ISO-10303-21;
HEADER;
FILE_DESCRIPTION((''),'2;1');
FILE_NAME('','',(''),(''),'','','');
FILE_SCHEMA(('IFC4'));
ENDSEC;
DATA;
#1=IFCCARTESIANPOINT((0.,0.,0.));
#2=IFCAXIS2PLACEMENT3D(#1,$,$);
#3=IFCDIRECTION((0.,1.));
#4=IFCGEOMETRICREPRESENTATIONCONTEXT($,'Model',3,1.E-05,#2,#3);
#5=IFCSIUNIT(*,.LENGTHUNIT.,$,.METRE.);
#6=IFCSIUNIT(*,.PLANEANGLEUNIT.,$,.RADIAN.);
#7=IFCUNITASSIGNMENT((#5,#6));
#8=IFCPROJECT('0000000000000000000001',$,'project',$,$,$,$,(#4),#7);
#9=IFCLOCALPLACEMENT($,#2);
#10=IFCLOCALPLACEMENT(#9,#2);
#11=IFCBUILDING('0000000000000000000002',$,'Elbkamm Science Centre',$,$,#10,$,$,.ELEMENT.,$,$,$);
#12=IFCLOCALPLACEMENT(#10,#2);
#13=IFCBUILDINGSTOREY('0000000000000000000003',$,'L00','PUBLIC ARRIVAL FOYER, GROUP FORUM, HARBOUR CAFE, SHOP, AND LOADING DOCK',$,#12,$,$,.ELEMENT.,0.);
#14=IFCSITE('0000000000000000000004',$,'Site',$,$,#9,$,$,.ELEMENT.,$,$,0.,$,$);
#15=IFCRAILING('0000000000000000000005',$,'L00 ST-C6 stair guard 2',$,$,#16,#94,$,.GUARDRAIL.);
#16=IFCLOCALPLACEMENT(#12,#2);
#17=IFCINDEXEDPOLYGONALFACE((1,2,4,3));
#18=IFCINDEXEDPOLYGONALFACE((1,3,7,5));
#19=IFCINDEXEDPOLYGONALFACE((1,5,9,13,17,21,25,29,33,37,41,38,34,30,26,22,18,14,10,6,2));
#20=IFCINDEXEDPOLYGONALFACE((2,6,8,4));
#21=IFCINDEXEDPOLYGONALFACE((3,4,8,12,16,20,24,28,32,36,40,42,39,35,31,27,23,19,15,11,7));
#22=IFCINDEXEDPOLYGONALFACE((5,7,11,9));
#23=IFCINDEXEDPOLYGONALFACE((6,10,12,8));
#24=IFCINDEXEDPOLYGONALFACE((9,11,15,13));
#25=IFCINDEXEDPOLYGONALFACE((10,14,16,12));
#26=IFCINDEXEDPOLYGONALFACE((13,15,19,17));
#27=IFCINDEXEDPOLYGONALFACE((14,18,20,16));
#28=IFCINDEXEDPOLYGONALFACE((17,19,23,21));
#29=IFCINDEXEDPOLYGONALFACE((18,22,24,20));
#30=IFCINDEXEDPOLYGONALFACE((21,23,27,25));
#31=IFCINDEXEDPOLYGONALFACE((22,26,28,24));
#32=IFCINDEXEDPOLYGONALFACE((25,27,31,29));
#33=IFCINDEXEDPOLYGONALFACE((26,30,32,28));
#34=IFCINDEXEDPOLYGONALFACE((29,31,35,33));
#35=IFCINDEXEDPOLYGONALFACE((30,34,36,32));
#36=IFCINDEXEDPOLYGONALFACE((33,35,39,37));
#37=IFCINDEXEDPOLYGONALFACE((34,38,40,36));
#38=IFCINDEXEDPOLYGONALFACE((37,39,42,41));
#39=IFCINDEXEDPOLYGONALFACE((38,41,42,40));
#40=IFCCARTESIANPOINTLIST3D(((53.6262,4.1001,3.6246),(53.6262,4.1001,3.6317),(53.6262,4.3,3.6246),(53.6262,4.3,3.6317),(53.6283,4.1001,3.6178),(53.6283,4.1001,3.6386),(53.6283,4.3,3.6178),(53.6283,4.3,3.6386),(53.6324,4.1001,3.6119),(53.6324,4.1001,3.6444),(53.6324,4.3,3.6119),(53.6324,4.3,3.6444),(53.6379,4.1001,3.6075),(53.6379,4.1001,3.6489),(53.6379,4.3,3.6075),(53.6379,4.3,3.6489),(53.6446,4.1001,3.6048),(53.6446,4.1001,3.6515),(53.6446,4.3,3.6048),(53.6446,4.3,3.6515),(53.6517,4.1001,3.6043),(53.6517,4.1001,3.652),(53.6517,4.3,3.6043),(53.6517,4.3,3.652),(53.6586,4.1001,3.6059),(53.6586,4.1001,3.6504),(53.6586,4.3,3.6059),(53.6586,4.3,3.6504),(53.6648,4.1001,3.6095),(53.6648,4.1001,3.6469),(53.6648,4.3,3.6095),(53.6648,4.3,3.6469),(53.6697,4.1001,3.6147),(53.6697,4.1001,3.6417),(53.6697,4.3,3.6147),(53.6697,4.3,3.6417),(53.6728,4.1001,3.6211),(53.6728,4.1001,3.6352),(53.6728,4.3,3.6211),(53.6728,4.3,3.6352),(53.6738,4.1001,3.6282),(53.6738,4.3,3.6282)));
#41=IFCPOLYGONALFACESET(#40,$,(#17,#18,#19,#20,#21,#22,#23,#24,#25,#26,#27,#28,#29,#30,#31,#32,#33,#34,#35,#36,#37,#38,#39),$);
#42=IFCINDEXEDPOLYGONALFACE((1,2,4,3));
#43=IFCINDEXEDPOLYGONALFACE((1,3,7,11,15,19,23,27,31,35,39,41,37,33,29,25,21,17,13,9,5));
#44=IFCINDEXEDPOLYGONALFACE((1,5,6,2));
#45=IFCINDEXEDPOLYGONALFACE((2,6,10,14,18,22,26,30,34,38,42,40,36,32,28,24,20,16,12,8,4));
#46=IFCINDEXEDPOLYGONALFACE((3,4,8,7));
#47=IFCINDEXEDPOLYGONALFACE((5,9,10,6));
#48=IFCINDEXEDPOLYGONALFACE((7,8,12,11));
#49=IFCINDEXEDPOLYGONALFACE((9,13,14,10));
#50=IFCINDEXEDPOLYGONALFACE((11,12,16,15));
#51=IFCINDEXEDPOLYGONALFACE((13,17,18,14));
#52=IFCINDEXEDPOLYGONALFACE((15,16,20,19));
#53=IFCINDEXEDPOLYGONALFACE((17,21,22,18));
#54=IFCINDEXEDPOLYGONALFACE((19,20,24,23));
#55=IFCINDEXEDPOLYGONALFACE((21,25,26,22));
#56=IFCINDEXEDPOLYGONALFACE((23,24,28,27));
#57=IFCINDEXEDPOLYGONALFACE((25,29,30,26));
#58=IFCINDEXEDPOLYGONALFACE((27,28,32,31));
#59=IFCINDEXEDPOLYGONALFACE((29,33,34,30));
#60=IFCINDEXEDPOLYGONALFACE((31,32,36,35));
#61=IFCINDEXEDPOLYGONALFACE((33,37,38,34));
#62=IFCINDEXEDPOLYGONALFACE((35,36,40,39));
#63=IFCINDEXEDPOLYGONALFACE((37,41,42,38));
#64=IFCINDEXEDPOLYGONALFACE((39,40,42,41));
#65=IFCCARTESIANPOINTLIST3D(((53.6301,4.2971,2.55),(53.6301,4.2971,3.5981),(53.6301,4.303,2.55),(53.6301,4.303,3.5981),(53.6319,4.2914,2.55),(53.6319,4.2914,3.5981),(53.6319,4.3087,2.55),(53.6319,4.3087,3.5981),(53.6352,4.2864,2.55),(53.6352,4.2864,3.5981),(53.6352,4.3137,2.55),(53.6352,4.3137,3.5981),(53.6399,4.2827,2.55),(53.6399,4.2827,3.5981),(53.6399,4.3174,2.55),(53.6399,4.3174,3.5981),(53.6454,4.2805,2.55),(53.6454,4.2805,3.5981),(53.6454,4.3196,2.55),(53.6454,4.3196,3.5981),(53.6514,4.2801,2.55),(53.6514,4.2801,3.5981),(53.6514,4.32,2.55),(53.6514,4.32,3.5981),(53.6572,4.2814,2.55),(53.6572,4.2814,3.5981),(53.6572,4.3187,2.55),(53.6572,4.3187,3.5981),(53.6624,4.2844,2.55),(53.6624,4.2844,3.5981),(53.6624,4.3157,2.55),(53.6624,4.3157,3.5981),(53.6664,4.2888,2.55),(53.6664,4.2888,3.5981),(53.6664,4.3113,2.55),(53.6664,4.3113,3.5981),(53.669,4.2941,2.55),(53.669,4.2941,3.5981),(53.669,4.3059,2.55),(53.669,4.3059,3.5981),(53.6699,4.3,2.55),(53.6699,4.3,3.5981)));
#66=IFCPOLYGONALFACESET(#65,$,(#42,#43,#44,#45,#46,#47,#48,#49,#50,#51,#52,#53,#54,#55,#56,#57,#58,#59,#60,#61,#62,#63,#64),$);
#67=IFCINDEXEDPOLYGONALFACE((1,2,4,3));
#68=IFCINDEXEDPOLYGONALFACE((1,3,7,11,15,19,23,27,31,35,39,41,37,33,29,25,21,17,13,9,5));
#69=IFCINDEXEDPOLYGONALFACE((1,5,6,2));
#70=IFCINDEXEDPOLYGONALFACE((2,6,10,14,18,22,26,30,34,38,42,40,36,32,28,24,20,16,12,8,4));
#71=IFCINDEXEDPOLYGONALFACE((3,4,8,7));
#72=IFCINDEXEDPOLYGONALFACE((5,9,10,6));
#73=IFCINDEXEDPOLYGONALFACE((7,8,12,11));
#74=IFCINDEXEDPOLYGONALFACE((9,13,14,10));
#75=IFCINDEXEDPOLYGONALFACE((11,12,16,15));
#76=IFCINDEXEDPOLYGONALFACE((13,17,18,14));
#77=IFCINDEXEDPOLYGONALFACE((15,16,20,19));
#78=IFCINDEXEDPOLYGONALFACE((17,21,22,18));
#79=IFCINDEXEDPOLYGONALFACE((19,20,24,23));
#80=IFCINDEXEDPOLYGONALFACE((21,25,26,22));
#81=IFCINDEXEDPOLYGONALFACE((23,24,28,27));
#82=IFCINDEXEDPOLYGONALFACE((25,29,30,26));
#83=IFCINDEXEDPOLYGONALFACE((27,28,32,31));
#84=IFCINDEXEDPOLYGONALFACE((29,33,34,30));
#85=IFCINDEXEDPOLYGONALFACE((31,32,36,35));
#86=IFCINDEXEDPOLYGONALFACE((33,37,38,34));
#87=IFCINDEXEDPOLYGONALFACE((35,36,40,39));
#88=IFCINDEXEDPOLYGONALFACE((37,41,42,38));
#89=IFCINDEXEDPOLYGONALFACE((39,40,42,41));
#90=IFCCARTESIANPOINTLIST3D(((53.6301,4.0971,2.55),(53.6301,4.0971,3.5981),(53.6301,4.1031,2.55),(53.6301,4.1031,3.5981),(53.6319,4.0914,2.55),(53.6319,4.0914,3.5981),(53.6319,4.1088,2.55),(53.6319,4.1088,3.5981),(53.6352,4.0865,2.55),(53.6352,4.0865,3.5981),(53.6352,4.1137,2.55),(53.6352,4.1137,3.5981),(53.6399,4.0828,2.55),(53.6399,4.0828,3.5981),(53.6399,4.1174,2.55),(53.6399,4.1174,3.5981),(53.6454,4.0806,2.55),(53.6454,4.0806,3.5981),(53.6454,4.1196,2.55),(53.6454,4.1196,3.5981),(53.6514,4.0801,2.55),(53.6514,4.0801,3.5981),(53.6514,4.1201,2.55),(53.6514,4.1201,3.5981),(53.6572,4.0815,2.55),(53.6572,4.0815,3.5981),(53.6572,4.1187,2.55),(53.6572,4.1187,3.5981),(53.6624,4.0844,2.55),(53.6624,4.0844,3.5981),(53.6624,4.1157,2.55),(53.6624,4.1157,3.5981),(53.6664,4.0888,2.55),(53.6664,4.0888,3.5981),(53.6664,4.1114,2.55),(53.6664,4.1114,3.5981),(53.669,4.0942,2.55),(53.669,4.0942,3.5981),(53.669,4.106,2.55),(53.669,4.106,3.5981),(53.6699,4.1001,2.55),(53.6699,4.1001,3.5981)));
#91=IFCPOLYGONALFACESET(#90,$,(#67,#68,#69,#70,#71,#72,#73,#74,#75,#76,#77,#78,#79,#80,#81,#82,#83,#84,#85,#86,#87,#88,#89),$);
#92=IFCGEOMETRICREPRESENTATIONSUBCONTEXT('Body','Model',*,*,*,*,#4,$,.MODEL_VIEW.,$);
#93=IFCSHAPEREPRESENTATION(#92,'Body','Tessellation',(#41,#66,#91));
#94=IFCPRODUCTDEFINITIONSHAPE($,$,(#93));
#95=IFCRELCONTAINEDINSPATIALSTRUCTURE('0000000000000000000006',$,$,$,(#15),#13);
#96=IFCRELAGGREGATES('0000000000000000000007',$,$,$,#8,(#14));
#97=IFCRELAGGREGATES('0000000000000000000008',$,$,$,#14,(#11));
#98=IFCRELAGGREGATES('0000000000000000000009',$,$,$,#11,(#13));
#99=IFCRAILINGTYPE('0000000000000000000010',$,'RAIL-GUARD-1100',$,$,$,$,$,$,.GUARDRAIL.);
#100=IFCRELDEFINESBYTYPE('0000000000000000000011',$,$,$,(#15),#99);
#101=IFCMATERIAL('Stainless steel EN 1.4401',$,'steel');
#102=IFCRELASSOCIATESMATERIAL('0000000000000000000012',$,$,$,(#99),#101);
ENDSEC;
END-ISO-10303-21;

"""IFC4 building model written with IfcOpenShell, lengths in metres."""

from ifc_helpers import new_model, si_unit, direction, frame, origin, origin_2d, place, context, subcontext, project, spatial, circle, extrude, material, type_object, element, save


model = new_model("IFC4")

# Units and contexts
model_context = context("Model", 3, precision=1e-05, world=origin(), true_north=direction((0.0, 1.0)))
body_context = subcontext(model_context, "Body", "Model", "MODEL_VIEW")
ifc_project = project(units=[si_unit("LENGTHUNIT", "METRE"), si_unit("PLANEANGLEUNIT", "RADIAN")], contexts=[model_context])

# Site, building, storey
site_placement = place(None, origin())
site = spatial("IfcSite", under=ifc_project, at=site_placement, Name="Site", CompositionType="ELEMENT", RefElevation=0.0)
building_placement = place(site_placement, origin())
building = spatial("IfcBuilding", under=site, at=building_placement, Name="Elbkamm Science Centre", CompositionType="ELEMENT")
storey_placement = place(building_placement, origin())
storey = spatial("IfcBuildingStorey", under=building, at=storey_placement, Name="L00", Description="PUBLIC ARRIVAL FOYER, GROUP FORUM, HARBOUR CAFE, SHOP, AND LOADING DOCK", CompositionType="ELEMENT", Elevation=0.0)

# Railing
ifc_material_1 = material(Name="Stainless steel EN 1.4401", Category="steel")
railing_type_1 = type_object("IfcRailingType", Name="RAIL-GUARD-1100", PredefinedType="GUARDRAIL", material=ifc_material_1)
railing_1_placement = place(storey_placement, frame((53.6499, 4.3, 2.55)))
element("IfcRailing", 1, at=railing_1_placement, inside=storey, type_object=railing_type_1, Name="L00 ST-C6 stair guard 2", PredefinedType="GUARDRAIL", context=body_context, shape_type="SweptSolid", body=[
    extrude(circle(Radius=0.0239, at=origin_2d()), frame((0.0, 0.0, 1.0781), z_axis=(0.0, -1.0, 0.0), x_axis=(1.0, 0.0, 0.0)), (0.0, 0.0, 1.0), 0.2),
    extrude(circle(Radius=0.02, at=origin_2d()), origin(), (0.0, 0.0, 1.0), 1.0481),
    extrude(circle(Radius=0.02, at=origin_2d()), frame((0.0, -0.2, 0.0)), (0.0, 0.0, 1.0), 1.0481),
])

save(model, "model.ifc")
